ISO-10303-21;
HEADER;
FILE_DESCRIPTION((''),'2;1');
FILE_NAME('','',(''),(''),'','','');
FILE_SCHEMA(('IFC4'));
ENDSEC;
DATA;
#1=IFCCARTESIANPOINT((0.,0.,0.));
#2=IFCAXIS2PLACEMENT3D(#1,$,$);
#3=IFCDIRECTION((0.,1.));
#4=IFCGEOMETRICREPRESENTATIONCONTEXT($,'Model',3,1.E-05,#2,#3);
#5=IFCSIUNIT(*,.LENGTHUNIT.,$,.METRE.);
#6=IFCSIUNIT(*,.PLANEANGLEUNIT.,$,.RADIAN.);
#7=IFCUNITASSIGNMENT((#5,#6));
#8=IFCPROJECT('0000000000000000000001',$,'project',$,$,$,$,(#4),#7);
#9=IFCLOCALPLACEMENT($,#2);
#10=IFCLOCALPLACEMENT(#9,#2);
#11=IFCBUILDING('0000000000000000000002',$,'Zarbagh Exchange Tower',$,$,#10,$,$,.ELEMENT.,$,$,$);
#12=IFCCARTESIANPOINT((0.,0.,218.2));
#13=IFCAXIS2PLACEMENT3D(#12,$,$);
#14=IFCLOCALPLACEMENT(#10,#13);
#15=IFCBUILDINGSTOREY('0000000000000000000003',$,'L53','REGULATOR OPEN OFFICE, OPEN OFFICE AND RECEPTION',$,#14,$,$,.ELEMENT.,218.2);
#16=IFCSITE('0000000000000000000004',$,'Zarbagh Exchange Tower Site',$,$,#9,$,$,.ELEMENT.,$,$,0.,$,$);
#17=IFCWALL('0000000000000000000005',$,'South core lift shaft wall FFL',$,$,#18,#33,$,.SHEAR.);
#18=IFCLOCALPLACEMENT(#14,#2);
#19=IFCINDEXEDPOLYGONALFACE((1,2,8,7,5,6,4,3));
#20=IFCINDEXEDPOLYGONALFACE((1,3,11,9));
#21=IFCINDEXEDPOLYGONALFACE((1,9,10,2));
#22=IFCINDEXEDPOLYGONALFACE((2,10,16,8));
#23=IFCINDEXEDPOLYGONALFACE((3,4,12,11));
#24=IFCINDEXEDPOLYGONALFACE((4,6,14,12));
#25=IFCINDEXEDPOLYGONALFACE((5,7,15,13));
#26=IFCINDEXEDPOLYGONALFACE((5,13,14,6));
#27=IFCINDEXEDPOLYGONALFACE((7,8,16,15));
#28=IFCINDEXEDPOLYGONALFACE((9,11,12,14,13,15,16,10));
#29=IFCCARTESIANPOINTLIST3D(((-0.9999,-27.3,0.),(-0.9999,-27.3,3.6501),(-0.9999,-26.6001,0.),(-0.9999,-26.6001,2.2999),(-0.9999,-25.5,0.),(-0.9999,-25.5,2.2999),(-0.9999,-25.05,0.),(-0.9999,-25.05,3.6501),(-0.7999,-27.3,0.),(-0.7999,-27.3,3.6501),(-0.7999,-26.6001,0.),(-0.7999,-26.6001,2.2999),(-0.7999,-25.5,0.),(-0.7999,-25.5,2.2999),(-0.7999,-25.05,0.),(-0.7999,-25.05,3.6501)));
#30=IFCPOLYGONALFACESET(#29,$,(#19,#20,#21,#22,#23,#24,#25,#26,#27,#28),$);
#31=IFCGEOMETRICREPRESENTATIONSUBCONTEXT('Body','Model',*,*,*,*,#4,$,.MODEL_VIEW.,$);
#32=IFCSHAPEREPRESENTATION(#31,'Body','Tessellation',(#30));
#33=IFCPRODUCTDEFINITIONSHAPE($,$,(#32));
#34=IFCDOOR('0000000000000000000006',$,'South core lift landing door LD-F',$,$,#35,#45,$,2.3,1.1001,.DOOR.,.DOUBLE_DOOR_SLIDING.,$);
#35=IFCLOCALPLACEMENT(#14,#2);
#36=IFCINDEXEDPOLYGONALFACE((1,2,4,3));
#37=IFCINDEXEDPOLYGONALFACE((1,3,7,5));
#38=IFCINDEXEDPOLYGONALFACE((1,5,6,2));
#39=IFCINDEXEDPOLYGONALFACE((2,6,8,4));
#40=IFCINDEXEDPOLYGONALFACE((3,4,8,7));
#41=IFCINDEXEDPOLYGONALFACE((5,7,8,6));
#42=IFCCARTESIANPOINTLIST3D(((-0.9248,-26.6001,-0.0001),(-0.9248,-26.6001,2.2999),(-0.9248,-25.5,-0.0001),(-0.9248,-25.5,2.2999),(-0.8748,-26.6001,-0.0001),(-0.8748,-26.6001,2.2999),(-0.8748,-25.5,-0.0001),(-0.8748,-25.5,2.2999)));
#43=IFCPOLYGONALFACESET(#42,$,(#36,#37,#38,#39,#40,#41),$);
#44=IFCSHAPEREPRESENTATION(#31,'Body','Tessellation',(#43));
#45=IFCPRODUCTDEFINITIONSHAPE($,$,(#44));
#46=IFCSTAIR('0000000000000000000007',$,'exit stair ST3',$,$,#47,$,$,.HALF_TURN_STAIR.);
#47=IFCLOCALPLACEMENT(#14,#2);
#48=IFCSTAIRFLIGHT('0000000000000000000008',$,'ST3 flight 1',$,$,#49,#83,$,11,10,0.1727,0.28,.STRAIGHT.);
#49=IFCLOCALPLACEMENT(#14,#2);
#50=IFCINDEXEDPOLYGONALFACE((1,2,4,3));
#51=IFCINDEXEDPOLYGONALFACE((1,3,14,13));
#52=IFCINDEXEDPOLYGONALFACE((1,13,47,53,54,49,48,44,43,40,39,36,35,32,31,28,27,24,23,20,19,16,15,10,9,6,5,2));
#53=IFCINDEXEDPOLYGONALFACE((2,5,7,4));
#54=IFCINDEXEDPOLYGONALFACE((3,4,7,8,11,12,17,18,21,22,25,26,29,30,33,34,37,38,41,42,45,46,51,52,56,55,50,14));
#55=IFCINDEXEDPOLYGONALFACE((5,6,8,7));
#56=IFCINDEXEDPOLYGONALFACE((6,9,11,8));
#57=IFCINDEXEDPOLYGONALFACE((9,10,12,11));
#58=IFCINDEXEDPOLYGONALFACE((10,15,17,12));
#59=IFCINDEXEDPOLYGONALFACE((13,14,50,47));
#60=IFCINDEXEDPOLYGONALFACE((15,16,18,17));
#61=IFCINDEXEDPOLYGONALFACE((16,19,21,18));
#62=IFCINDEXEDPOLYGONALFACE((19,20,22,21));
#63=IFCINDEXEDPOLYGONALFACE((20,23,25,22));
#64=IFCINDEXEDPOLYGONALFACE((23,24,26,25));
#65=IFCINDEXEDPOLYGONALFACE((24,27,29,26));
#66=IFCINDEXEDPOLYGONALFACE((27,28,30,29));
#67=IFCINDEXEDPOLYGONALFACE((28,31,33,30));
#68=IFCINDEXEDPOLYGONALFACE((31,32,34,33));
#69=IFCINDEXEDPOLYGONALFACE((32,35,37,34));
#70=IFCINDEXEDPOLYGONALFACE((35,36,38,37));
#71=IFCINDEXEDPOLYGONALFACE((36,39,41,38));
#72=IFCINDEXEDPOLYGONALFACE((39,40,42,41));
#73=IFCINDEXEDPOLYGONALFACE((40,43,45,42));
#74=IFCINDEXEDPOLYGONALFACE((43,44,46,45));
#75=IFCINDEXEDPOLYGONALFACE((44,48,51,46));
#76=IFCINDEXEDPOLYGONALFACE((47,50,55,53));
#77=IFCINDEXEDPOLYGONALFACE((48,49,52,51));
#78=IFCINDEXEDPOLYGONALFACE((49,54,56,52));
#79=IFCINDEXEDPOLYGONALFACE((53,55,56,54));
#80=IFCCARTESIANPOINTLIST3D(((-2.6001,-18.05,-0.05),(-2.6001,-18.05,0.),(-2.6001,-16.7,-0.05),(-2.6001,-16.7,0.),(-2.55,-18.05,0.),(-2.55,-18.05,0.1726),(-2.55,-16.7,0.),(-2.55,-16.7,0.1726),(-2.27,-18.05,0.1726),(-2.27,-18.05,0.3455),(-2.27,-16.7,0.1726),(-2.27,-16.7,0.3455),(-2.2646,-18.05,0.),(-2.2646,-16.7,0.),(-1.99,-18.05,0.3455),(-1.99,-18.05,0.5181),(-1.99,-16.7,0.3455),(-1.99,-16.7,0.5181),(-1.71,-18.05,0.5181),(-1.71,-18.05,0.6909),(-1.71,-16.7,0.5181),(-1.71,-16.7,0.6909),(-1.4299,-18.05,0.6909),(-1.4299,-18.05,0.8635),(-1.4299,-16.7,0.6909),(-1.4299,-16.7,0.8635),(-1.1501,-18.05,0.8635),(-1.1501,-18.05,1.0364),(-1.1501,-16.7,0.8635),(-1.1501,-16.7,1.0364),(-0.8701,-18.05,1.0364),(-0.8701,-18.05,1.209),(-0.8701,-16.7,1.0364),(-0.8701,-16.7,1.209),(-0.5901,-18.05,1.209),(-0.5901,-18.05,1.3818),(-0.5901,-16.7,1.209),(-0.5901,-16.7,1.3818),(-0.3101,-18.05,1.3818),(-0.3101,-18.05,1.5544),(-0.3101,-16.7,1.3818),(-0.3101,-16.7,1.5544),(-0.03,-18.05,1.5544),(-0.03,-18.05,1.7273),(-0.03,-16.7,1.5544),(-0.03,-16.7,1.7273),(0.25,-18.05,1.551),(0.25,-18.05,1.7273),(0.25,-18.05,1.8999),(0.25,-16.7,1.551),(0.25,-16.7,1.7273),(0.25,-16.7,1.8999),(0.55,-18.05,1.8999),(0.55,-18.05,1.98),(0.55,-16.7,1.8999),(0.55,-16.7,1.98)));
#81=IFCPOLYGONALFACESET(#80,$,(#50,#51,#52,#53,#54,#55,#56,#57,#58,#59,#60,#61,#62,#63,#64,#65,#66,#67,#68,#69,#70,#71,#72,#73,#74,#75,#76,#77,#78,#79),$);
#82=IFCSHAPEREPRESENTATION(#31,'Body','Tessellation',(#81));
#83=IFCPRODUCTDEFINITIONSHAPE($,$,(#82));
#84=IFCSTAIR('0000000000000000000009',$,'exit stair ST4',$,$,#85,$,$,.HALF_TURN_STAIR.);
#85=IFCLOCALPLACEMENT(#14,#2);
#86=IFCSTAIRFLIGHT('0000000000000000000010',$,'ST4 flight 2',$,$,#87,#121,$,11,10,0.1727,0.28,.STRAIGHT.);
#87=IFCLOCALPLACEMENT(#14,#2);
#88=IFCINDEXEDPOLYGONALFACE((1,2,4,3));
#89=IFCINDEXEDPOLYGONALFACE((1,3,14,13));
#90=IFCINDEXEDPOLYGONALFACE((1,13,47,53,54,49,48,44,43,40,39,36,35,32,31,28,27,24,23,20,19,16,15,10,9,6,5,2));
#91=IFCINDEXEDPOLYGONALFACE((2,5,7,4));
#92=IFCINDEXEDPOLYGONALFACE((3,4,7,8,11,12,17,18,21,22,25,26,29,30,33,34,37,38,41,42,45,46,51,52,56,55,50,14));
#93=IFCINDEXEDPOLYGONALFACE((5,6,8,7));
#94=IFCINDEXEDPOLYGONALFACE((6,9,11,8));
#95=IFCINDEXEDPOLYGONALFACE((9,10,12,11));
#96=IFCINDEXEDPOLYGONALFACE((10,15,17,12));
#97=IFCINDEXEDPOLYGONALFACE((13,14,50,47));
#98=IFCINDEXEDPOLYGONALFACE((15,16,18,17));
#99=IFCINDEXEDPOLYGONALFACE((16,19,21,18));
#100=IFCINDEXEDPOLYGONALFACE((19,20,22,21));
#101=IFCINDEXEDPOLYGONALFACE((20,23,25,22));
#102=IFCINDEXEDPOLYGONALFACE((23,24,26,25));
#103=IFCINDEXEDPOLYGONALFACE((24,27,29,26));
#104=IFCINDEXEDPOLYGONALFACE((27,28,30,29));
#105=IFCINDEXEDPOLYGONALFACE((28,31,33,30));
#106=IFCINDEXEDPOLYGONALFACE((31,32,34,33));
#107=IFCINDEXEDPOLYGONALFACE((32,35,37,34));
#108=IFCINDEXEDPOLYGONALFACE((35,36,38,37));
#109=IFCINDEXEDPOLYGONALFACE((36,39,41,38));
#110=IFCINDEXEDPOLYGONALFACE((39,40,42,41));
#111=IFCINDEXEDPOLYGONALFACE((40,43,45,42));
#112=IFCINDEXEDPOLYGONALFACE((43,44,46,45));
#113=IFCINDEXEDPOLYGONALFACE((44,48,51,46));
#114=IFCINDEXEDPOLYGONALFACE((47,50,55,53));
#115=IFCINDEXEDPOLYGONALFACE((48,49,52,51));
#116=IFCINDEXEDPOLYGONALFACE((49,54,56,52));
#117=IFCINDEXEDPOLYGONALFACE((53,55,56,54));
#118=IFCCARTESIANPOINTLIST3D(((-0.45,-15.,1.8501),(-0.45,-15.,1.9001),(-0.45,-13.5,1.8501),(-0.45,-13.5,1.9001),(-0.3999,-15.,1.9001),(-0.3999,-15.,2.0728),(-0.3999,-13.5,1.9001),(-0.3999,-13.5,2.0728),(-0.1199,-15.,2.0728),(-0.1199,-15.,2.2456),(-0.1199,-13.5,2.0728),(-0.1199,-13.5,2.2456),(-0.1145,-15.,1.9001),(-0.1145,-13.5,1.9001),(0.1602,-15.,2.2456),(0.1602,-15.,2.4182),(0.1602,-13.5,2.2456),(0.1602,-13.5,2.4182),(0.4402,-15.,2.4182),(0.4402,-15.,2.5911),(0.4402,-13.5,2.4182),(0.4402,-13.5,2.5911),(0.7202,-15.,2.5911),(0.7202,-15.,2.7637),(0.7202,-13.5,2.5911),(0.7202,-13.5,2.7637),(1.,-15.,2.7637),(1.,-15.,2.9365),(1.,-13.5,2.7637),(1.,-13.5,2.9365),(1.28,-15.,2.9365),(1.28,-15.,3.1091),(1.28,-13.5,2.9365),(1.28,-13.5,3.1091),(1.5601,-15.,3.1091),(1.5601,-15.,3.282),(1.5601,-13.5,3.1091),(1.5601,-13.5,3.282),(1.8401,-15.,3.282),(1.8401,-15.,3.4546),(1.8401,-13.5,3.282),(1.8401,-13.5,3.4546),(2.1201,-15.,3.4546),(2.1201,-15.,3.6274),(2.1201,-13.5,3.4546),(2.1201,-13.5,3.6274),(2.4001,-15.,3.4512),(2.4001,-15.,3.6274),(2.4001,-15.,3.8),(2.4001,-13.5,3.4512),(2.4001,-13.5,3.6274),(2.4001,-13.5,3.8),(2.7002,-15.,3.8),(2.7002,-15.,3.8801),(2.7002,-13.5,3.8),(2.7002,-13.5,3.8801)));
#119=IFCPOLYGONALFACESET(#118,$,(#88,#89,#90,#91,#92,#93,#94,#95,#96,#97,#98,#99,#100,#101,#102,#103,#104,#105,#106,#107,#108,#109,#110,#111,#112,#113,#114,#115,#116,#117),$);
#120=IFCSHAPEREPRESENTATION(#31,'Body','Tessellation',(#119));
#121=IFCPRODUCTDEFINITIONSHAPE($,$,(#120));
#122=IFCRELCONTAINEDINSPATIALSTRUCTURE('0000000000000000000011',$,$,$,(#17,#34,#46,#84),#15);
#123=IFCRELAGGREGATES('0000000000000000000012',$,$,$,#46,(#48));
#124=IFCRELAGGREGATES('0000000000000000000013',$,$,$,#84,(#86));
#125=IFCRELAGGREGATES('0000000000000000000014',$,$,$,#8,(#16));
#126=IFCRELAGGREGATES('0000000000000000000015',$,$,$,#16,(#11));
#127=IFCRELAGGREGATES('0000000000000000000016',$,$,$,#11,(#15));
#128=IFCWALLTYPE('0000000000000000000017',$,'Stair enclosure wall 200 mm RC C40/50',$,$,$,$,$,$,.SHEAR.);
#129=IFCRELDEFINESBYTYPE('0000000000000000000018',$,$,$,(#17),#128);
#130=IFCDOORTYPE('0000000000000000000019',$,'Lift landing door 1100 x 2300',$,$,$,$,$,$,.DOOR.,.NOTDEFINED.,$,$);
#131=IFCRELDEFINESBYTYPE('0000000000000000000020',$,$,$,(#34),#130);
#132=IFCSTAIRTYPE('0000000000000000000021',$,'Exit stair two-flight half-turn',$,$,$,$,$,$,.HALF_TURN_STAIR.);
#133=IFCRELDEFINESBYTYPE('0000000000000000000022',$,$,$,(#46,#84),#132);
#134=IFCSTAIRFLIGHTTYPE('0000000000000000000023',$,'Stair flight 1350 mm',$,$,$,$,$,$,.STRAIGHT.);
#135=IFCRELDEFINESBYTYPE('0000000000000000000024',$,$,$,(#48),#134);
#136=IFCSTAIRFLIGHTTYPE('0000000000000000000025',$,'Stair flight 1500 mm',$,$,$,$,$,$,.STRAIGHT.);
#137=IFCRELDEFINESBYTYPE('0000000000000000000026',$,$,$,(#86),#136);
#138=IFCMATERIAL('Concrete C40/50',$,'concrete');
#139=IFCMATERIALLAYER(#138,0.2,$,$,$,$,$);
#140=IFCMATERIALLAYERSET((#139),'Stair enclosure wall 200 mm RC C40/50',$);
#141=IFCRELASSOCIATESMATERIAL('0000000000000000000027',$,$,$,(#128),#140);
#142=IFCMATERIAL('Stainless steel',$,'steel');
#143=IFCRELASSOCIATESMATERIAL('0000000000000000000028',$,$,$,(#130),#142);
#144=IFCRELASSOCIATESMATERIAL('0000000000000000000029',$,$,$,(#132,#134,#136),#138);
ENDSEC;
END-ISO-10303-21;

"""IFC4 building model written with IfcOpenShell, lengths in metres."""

from ifc_helpers import new_model, si_unit, direction, frame, frame_2d, origin, place, context, subcontext, project, spatial, polyline, rectangle, outline, extrude, material, layer, layer_set, type_object, element, fill, aggregate, save


model = new_model("IFC4")

# Units and contexts
model_context = context("Model", 3, precision=1e-05, world=origin(), true_north=direction((0.0, 1.0)))
body_context = subcontext(model_context, "Body", "Model", "MODEL_VIEW")
ifc_project = project(units=[si_unit("LENGTHUNIT", "METRE"), si_unit("PLANEANGLEUNIT", "RADIAN")], contexts=[model_context])

# Site, building, storey
site_placement = place(None, origin())
site = spatial("IfcSite", under=ifc_project, at=site_placement, Name="Zarbagh Exchange Tower Site", CompositionType="ELEMENT", RefElevation=0.0)
building_placement = place(site_placement, origin())
building = spatial("IfcBuilding", under=site, at=building_placement, Name="Zarbagh Exchange Tower", CompositionType="ELEMENT")
storey_placement = place(building_placement, frame((0.0, 0.0, 218.2)))
storey = spatial("IfcBuildingStorey", under=building, at=storey_placement, Name="L53", Description="REGULATOR OPEN OFFICE, OPEN OFFICE AND RECEPTION", CompositionType="ELEMENT", Elevation=218.2)

# Shared definitions
ifc_material_1 = material(Name="Concrete C40/50", Category="concrete")

# Wall, opening, door
ifc_layer_1 = layer(ifc_material_1, 0.2)
ifc_layer_set_1 = layer_set([ifc_layer_1], Name="Stair enclosure wall 200 mm RC C40/50")
wall_type_1 = type_object("IfcWallType", Name="Stair enclosure wall 200 mm RC C40/50", PredefinedType="SHEAR", material=ifc_layer_set_1)
wall_1_placement = place(storey_placement, frame((-0.8999, -27.3, 0.0), z_axis=(0.0, 0.0, 1.0), x_axis=(0.0, 1.0, 0.0)))
wall_1 = element("IfcWall", 1, at=wall_1_placement, inside=storey, type_object=wall_type_1, Name="South core lift shaft wall FFL", PredefinedType="SHEAR", context=body_context, shape_type="SweptSolid", body=[
    extrude(rectangle(XDim=2.25, YDim=0.2, at=frame_2d((1.125, 0.0))), origin(), (0.0, 0.0, 1.0), 3.6501),
])
opening_1_placement = place(wall_1_placement, frame((0.7, 0.0, 0.0)))
opening_1 = element("IfcOpeningElement", 2, at=opening_1_placement, cuts=wall_1, PredefinedType="OPENING", context=body_context, shape_type="SweptSolid", body=[
    extrude(rectangle(XDim=1.1001, YDim=2.3, at=frame_2d((0.55, 1.1499))), frame((0.0, 0.1099, 0.0), z_axis=(0.0, -1.0, 0.0), x_axis=(1.0, 0.0, 0.0)), (0.0, 0.0, 1.0), 0.22),
])
ifc_material_2 = material(Name="Stainless steel", Category="steel")
door_type_1 = type_object("IfcDoorType", Name="Lift landing door 1100 x 2300", OperationType="NOTDEFINED", PredefinedType="DOOR", material=ifc_material_2)
door_1_placement = place(opening_1_placement, origin())
door_1 = element("IfcDoor", 3, at=door_1_placement, inside=storey, type_object=door_type_1, Name="South core lift landing door LD-F", OperationType="DOUBLE_DOOR_SLIDING", OverallHeight=2.3, OverallWidth=1.1001, PredefinedType="DOOR", context=body_context, shape_type="SweptSolid", body=[
    extrude(rectangle(XDim=1.1001, YDim=2.3, at=frame_2d((0.55, 1.1499))), frame((0.0, 0.0249, 0.0), z_axis=(0.0, -1.0, 0.0), x_axis=(1.0, 0.0, 0.0)), (0.0, 0.0, 1.0), 0.05),
])
fill(opening_1, door_1)

# Stairs, stair flights
stair_type = type_object("IfcStairType", Name="Exit stair two-flight half-turn", PredefinedType="HALF_TURN_STAIR", material=ifc_material_1)
stair_1_placement = place(storey_placement, origin())
stair_1 = element("IfcStair", 4, at=stair_1_placement, inside=storey, type_object=stair_type, Name="exit stair ST3", PredefinedType="HALF_TURN_STAIR")
stair_flight_type_1 = type_object("IfcStairFlightType", Name="Stair flight 1350 mm", PredefinedType="STRAIGHT", material=ifc_material_1)
stair_flight_1_placement = place(storey_placement, frame((-2.55, -17.375, 0.0), z_axis=(0.0, 0.0, 1.0), x_axis=(1.0, 0.0, 0.0)))
stair_flight_1 = element("IfcStairFlight", 5, at=stair_flight_1_placement, type_object=stair_flight_type_1, Name="ST3 flight 1", NumberOfRisers=11, NumberOfTreads=10, PredefinedType="STRAIGHT", RiserHeight=0.1727, TreadLength=0.28, context=body_context, shape_type="SweptSolid", body=[
    extrude(outline(polyline([(-0.05, -0.05), (-0.05, 0.0), (0.0, 0.0), (0.0, 0.1726), (0.28, 0.1726), (0.28, 0.3455), (0.5601, 0.3455), (0.5601, 0.5181), (0.8401, 0.5181), (0.8401, 0.6909), (1.1201, 0.6909), (1.1201, 0.8635), (1.3999, 0.8635), (1.3999, 1.0364), (1.6799, 1.0364), (1.6799, 1.209), (1.96, 1.209), (1.96, 1.3818), (2.24, 1.3818), (2.24, 1.5544), (2.52, 1.5544), (2.52, 1.7273), (2.8, 1.7273), (2.8, 1.8999), (3.1001, 1.98), (3.1001, 1.8999), (2.8, 1.551), (0.2854, 0.0), (-0.05, -0.05)])), frame((0.0, 0.675, 0.0), z_axis=(0.0, -1.0, 0.0), x_axis=(1.0, 0.0, 0.0)), (0.0, 0.0, 1.0), 1.3501),
])
aggregate(stair_1, [stair_flight_1])
stair_2_placement = place(storey_placement, origin())
stair_2 = element("IfcStair", 6, at=stair_2_placement, inside=storey, type_object=stair_type, Name="exit stair ST4", PredefinedType="HALF_TURN_STAIR")
stair_flight_type_2 = type_object("IfcStairFlightType", Name="Stair flight 1500 mm", PredefinedType="STRAIGHT", material=ifc_material_1)
stair_flight_2_placement = place(storey_placement, frame((-0.3999, -14.25, 1.9001), z_axis=(0.0, 0.0, 1.0), x_axis=(1.0, 0.0, 0.0)))
stair_flight_2 = element("IfcStairFlight", 7, at=stair_flight_2_placement, type_object=stair_flight_type_2, Name="ST4 flight 2", NumberOfRisers=11, NumberOfTreads=10, PredefinedType="STRAIGHT", RiserHeight=0.1727, TreadLength=0.28, context=body_context, shape_type="SweptSolid", body=[
    extrude(outline(polyline([(-0.05, -0.05), (-0.05, 0.0), (0.0, 0.0), (0.0, 0.1726), (0.28, 0.1726), (0.28, 0.3455), (0.5601, 0.3455), (0.5601, 0.5181), (0.8401, 0.5181), (0.8401, 0.6909), (1.1201, 0.6909), (1.1201, 0.8635), (1.3999, 0.8635), (1.3999, 1.0364), (1.6799, 1.0364), (1.6799, 1.209), (1.96, 1.209), (1.96, 1.3818), (2.24, 1.3818), (2.24, 1.5544), (2.52, 1.5544), (2.52, 1.7273), (2.8, 1.7273), (2.8, 1.8999), (3.1001, 1.98), (3.1001, 1.8999), (2.8, 1.551), (0.2854, 0.0), (-0.05, -0.05)])), frame((0.0, 0.75, 0.0), z_axis=(0.0, -1.0, 0.0), x_axis=(1.0, 0.0, 0.0)), (0.0, 0.0, 1.0), 1.5),
])
aggregate(stair_2, [stair_flight_2])

save(model, "model.ifc")
